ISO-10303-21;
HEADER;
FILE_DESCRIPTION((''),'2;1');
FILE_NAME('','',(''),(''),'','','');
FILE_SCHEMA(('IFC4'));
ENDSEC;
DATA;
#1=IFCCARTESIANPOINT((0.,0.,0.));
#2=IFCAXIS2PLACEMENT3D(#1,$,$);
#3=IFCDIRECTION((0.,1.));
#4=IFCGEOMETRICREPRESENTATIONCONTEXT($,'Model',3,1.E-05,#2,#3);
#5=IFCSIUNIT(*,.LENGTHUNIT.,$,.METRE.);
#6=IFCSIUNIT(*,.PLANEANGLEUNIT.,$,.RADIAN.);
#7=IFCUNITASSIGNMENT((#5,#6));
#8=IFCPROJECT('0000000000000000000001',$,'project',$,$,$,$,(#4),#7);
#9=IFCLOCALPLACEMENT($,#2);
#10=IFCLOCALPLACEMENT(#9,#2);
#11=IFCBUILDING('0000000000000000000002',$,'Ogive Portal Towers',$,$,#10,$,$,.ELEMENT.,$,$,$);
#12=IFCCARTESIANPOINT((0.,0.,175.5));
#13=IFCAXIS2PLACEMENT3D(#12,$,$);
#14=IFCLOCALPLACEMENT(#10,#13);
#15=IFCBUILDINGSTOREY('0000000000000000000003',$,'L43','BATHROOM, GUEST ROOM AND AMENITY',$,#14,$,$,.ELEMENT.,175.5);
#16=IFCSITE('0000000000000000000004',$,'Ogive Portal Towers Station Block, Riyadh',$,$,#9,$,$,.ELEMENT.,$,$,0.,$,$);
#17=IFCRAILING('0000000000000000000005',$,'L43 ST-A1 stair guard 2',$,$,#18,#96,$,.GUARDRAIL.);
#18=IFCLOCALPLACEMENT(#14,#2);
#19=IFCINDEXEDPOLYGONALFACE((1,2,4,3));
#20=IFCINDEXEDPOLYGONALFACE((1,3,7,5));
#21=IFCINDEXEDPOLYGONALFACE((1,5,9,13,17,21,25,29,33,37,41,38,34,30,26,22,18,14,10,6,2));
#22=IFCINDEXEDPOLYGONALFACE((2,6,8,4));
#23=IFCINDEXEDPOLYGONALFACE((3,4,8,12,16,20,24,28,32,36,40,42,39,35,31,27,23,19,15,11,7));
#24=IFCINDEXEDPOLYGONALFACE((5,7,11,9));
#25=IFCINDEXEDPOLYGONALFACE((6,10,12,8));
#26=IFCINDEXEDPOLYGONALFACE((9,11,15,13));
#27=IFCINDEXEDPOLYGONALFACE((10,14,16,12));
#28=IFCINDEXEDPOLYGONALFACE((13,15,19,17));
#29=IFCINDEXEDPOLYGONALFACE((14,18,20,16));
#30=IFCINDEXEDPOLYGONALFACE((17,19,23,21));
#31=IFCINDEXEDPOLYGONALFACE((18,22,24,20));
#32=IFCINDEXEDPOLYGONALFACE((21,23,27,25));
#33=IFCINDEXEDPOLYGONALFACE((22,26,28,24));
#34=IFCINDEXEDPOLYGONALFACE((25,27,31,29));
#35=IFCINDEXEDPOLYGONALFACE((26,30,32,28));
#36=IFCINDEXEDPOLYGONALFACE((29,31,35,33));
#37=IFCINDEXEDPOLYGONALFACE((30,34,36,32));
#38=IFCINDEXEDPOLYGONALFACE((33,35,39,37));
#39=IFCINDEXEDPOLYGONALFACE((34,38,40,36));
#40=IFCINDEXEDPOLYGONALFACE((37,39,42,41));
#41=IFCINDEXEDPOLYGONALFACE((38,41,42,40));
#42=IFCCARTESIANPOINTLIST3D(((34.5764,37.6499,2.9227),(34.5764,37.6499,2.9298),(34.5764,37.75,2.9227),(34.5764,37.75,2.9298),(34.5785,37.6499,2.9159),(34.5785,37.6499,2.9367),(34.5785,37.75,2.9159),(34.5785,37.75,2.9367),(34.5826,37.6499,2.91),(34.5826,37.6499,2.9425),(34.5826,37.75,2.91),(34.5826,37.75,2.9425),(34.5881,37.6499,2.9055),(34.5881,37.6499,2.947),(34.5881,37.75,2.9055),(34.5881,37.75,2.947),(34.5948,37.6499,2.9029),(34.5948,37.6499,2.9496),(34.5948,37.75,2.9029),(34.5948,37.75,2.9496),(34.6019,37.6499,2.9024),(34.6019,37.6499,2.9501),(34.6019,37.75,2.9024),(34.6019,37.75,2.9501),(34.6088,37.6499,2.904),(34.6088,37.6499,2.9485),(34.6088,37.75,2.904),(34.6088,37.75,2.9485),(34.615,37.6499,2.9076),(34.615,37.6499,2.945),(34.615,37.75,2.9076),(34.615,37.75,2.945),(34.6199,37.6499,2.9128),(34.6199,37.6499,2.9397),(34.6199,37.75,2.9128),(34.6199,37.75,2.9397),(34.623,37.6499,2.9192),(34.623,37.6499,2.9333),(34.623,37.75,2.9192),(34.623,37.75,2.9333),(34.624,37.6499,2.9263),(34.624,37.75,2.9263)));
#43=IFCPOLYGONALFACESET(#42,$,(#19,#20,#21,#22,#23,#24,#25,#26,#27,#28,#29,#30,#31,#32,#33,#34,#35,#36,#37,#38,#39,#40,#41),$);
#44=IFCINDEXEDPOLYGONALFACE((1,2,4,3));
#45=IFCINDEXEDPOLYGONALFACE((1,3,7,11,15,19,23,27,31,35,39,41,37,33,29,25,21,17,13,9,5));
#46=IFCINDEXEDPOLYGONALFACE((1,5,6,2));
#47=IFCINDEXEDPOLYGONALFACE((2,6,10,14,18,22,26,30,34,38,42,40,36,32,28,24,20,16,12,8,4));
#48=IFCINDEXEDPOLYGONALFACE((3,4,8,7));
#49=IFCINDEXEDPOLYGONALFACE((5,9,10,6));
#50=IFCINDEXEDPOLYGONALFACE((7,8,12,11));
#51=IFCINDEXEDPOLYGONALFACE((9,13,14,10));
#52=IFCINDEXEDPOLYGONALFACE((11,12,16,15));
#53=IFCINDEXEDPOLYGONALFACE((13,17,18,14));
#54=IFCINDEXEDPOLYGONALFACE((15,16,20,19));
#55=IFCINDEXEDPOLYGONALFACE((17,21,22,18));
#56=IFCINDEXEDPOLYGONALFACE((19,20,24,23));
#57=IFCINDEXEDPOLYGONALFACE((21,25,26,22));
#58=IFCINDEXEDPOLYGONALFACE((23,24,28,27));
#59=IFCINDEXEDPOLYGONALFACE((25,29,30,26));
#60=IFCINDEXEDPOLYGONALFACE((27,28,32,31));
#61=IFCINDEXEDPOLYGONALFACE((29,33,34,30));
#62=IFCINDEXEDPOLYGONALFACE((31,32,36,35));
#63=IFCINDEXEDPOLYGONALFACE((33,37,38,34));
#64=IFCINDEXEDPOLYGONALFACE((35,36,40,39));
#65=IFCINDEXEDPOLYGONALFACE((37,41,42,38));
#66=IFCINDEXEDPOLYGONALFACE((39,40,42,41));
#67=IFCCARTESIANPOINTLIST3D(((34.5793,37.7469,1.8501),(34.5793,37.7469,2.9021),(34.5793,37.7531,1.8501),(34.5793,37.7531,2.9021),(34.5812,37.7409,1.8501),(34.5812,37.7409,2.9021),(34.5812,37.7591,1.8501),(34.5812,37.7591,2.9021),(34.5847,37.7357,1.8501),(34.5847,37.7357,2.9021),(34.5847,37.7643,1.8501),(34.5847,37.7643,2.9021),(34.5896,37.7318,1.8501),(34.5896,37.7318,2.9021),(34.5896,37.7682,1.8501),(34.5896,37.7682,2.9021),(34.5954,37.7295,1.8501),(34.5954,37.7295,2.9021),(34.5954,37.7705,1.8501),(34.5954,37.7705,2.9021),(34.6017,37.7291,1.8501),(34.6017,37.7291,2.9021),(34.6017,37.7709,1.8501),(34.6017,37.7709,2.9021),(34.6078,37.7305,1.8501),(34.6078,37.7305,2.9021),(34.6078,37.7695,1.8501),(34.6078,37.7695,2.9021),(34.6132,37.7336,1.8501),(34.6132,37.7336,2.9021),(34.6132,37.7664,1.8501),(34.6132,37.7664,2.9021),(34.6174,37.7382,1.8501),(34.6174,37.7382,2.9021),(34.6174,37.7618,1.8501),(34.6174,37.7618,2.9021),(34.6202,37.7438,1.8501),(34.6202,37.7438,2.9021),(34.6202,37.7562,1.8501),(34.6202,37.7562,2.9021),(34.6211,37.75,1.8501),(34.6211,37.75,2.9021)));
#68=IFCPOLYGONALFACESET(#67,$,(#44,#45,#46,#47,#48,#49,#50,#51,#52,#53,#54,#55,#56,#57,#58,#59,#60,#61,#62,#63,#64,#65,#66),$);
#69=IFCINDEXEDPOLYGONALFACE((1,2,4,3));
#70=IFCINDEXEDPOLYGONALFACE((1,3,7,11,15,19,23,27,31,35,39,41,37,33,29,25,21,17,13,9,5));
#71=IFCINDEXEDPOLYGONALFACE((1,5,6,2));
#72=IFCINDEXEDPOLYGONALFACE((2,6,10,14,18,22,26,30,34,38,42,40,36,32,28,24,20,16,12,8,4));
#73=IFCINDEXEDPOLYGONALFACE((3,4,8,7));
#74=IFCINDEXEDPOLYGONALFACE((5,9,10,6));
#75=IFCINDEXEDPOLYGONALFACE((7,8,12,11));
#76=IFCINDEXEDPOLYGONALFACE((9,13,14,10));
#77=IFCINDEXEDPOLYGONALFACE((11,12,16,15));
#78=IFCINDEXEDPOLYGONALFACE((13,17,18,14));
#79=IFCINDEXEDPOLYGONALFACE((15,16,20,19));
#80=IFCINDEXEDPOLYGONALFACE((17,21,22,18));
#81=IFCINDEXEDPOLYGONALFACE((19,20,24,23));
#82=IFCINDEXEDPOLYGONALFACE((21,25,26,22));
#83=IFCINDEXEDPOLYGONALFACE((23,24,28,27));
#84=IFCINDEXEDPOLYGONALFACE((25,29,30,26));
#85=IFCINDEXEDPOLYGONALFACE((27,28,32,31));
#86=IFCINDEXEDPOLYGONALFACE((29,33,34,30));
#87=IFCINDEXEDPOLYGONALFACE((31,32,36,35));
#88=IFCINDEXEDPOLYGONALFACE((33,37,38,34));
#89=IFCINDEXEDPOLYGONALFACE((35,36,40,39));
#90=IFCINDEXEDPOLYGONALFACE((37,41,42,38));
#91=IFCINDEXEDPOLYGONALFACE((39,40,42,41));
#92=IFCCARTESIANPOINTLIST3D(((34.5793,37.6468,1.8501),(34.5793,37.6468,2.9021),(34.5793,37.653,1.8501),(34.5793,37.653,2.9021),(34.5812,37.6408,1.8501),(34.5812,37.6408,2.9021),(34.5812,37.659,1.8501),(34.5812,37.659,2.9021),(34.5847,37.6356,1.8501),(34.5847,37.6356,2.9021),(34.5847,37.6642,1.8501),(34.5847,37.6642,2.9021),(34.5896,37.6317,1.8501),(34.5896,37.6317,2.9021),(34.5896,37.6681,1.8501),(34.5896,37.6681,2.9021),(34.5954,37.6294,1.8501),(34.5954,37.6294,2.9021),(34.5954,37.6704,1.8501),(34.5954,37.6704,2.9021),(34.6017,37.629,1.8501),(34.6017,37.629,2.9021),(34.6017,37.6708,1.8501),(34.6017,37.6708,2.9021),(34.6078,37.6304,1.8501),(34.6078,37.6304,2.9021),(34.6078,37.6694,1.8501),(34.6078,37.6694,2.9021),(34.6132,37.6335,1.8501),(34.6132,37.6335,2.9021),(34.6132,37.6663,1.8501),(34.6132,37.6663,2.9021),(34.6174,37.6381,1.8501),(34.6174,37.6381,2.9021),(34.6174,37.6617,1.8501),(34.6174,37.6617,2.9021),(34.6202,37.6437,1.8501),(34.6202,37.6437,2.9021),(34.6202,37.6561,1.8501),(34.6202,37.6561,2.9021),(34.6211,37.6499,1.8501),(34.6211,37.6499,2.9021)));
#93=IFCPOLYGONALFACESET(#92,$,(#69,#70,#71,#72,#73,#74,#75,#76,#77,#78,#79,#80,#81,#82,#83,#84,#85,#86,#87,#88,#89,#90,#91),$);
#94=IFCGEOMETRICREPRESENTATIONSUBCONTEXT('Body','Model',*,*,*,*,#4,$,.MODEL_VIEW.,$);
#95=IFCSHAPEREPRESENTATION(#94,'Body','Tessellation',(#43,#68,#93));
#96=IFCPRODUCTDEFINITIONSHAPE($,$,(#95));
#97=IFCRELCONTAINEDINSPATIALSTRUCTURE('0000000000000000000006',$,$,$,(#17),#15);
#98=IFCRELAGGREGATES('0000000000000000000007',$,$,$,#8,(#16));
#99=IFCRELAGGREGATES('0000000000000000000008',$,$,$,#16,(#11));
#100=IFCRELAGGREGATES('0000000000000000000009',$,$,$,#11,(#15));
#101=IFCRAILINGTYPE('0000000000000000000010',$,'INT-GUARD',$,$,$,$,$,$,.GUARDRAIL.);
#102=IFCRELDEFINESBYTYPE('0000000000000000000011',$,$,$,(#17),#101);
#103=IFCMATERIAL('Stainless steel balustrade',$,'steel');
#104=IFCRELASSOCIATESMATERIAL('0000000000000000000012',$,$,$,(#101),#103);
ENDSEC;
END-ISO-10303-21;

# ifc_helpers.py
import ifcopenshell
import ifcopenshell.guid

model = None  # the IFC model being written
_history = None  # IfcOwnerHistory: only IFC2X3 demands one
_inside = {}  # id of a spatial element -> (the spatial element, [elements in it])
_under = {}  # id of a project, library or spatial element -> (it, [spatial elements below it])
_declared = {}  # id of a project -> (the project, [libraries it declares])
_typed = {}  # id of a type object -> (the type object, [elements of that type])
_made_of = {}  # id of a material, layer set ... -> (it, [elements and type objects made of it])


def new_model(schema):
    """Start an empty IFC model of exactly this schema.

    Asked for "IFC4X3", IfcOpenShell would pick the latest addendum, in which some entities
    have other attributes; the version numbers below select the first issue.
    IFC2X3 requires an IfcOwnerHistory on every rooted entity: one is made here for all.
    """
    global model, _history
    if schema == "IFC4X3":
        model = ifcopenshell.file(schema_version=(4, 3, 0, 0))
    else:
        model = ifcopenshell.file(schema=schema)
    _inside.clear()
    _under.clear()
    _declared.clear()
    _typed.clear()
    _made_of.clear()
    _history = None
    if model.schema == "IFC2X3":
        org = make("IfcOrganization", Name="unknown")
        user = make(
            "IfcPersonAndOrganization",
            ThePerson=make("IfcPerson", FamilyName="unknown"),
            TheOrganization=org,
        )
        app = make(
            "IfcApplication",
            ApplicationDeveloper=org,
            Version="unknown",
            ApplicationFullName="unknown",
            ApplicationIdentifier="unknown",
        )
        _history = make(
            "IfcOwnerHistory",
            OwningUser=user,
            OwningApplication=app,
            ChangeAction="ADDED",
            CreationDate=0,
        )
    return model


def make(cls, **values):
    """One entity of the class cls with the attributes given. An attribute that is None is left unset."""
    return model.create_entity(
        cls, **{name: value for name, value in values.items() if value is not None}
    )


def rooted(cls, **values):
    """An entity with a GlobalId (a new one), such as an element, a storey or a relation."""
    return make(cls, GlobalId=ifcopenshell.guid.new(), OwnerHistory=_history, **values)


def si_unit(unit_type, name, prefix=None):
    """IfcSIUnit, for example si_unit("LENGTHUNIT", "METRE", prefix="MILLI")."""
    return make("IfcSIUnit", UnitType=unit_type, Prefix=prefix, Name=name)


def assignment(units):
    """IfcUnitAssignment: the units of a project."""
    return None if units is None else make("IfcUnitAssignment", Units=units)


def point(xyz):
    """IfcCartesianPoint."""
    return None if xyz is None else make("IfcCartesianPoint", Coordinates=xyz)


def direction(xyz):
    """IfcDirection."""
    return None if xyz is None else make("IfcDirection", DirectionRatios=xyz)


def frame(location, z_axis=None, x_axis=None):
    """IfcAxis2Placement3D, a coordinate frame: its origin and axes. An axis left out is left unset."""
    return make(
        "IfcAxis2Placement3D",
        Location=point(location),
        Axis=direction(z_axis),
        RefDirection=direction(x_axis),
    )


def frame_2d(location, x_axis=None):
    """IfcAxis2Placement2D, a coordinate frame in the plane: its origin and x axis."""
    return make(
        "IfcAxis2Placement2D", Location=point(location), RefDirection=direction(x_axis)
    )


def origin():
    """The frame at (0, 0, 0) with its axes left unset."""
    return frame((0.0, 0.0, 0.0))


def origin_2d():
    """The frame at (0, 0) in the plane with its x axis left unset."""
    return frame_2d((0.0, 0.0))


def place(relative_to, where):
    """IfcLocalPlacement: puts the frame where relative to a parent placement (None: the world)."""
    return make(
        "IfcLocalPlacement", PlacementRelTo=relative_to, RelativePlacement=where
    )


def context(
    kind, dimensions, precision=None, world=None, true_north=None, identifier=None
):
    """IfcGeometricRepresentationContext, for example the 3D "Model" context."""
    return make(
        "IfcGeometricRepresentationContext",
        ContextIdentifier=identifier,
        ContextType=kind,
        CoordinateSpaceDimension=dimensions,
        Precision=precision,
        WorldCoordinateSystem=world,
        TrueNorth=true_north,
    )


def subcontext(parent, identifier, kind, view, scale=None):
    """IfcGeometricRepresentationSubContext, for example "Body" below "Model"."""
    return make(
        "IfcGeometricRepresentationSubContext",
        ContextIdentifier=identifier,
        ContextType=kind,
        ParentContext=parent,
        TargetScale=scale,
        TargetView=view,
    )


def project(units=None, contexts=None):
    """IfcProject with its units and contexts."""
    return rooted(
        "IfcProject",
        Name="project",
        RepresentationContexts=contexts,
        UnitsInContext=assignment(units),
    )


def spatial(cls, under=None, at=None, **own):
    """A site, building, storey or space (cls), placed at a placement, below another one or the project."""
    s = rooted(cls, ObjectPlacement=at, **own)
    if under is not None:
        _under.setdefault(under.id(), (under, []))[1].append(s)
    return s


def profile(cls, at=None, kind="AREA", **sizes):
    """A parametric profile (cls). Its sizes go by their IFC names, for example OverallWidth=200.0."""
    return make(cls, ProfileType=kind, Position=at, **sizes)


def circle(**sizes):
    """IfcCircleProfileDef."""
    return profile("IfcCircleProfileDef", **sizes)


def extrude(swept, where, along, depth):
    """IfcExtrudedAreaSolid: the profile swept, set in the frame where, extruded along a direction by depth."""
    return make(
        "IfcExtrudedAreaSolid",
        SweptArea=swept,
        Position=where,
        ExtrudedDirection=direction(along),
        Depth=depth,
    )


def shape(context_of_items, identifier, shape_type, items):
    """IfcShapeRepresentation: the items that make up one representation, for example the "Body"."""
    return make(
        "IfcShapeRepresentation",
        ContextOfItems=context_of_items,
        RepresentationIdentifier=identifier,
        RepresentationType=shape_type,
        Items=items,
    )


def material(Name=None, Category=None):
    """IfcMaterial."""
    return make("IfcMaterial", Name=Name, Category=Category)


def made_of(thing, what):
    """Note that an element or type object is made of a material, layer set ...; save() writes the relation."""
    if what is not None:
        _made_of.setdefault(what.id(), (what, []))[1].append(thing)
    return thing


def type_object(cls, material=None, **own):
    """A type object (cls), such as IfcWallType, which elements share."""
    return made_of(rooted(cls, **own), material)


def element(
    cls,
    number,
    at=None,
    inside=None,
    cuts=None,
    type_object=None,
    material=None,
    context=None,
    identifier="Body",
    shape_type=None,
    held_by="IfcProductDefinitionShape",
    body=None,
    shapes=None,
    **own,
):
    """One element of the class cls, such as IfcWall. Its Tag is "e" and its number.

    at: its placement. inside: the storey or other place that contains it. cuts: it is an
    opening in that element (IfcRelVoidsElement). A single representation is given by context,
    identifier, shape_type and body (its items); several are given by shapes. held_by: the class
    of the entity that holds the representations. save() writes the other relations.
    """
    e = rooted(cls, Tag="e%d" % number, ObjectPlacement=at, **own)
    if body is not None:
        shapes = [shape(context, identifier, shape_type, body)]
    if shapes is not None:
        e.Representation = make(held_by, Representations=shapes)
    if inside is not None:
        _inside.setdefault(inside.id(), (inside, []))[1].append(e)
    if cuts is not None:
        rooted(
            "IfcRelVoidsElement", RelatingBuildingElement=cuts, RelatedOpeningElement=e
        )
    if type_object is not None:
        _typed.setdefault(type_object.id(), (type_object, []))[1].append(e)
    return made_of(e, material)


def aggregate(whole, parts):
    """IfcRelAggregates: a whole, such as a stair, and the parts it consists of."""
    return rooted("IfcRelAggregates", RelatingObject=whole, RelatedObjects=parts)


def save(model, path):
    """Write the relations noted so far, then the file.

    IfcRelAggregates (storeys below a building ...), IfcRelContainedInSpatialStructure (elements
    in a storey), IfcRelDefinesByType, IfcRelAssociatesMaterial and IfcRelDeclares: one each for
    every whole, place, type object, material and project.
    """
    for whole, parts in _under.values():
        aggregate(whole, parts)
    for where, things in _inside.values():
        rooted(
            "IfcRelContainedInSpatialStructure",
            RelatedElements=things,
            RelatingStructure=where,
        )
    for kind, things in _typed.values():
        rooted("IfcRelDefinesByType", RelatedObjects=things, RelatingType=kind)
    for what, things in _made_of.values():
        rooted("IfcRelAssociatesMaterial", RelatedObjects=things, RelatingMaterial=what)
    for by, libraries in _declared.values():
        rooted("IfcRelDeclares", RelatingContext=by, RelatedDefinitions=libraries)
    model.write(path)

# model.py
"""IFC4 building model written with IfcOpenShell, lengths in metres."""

from ifc_helpers import new_model, si_unit, direction, frame, origin, origin_2d, place, context, subcontext, project, spatial, circle, extrude, material, type_object, element, save


model = new_model("IFC4")

# Units and contexts
model_context = context("Model", 3, precision=1e-05, world=origin(), true_north=direction((0.0, 1.0)))
body_context = subcontext(model_context, "Body", "Model", "MODEL_VIEW")
ifc_project = project(units=[si_unit("LENGTHUNIT", "METRE"), si_unit("PLANEANGLEUNIT", "RADIAN")], contexts=[model_context])

# Site, building, storey
site_placement = place(None, origin())
site = spatial("IfcSite", under=ifc_project, at=site_placement, Name="Ogive Portal Towers Station Block, Riyadh", CompositionType="ELEMENT", RefElevation=0.0)
building_placement = place(site_placement, origin())
building = spatial("IfcBuilding", under=site, at=building_placement, Name="Ogive Portal Towers", CompositionType="ELEMENT")
storey_placement = place(building_placement, frame((0.0, 0.0, 175.5)))
storey = spatial("IfcBuildingStorey", under=building, at=storey_placement, Name="L43", Description="BATHROOM, GUEST ROOM AND AMENITY", CompositionType="ELEMENT", Elevation=175.5)

# Railing
ifc_material_1 = material(Name="Stainless steel balustrade", Category="steel")
railing_type_1 = type_object("IfcRailingType", Name="INT-GUARD", PredefinedType="GUARDRAIL", material=ifc_material_1)
railing_1_placement = place(storey_placement, frame((34.6001, 37.75, 1.8501)))
element("IfcRailing", 1, at=railing_1_placement, inside=storey, type_object=railing_type_1, Name="L43 ST-A1 stair guard 2", PredefinedType="GUARDRAIL", context=body_context, shape_type="SweptSolid", body=[
    extrude(circle(Radius=0.0239, at=origin_2d()), frame((0.0, 0.0, 1.0762), z_axis=(0.0, -1.0, 0.0), x_axis=(1.0, 0.0, 0.0)), (0.0, 0.0, 1.0), 0.1001),
    extrude(circle(Radius=0.021, at=origin_2d()), origin(), (0.0, 0.0, 1.0), 1.052),
    extrude(circle(Radius=0.021, at=origin_2d()), frame((0.0, -0.1001, 0.0)), (0.0, 0.0, 1.0), 1.052),
])

save(model, "model.ifc")
